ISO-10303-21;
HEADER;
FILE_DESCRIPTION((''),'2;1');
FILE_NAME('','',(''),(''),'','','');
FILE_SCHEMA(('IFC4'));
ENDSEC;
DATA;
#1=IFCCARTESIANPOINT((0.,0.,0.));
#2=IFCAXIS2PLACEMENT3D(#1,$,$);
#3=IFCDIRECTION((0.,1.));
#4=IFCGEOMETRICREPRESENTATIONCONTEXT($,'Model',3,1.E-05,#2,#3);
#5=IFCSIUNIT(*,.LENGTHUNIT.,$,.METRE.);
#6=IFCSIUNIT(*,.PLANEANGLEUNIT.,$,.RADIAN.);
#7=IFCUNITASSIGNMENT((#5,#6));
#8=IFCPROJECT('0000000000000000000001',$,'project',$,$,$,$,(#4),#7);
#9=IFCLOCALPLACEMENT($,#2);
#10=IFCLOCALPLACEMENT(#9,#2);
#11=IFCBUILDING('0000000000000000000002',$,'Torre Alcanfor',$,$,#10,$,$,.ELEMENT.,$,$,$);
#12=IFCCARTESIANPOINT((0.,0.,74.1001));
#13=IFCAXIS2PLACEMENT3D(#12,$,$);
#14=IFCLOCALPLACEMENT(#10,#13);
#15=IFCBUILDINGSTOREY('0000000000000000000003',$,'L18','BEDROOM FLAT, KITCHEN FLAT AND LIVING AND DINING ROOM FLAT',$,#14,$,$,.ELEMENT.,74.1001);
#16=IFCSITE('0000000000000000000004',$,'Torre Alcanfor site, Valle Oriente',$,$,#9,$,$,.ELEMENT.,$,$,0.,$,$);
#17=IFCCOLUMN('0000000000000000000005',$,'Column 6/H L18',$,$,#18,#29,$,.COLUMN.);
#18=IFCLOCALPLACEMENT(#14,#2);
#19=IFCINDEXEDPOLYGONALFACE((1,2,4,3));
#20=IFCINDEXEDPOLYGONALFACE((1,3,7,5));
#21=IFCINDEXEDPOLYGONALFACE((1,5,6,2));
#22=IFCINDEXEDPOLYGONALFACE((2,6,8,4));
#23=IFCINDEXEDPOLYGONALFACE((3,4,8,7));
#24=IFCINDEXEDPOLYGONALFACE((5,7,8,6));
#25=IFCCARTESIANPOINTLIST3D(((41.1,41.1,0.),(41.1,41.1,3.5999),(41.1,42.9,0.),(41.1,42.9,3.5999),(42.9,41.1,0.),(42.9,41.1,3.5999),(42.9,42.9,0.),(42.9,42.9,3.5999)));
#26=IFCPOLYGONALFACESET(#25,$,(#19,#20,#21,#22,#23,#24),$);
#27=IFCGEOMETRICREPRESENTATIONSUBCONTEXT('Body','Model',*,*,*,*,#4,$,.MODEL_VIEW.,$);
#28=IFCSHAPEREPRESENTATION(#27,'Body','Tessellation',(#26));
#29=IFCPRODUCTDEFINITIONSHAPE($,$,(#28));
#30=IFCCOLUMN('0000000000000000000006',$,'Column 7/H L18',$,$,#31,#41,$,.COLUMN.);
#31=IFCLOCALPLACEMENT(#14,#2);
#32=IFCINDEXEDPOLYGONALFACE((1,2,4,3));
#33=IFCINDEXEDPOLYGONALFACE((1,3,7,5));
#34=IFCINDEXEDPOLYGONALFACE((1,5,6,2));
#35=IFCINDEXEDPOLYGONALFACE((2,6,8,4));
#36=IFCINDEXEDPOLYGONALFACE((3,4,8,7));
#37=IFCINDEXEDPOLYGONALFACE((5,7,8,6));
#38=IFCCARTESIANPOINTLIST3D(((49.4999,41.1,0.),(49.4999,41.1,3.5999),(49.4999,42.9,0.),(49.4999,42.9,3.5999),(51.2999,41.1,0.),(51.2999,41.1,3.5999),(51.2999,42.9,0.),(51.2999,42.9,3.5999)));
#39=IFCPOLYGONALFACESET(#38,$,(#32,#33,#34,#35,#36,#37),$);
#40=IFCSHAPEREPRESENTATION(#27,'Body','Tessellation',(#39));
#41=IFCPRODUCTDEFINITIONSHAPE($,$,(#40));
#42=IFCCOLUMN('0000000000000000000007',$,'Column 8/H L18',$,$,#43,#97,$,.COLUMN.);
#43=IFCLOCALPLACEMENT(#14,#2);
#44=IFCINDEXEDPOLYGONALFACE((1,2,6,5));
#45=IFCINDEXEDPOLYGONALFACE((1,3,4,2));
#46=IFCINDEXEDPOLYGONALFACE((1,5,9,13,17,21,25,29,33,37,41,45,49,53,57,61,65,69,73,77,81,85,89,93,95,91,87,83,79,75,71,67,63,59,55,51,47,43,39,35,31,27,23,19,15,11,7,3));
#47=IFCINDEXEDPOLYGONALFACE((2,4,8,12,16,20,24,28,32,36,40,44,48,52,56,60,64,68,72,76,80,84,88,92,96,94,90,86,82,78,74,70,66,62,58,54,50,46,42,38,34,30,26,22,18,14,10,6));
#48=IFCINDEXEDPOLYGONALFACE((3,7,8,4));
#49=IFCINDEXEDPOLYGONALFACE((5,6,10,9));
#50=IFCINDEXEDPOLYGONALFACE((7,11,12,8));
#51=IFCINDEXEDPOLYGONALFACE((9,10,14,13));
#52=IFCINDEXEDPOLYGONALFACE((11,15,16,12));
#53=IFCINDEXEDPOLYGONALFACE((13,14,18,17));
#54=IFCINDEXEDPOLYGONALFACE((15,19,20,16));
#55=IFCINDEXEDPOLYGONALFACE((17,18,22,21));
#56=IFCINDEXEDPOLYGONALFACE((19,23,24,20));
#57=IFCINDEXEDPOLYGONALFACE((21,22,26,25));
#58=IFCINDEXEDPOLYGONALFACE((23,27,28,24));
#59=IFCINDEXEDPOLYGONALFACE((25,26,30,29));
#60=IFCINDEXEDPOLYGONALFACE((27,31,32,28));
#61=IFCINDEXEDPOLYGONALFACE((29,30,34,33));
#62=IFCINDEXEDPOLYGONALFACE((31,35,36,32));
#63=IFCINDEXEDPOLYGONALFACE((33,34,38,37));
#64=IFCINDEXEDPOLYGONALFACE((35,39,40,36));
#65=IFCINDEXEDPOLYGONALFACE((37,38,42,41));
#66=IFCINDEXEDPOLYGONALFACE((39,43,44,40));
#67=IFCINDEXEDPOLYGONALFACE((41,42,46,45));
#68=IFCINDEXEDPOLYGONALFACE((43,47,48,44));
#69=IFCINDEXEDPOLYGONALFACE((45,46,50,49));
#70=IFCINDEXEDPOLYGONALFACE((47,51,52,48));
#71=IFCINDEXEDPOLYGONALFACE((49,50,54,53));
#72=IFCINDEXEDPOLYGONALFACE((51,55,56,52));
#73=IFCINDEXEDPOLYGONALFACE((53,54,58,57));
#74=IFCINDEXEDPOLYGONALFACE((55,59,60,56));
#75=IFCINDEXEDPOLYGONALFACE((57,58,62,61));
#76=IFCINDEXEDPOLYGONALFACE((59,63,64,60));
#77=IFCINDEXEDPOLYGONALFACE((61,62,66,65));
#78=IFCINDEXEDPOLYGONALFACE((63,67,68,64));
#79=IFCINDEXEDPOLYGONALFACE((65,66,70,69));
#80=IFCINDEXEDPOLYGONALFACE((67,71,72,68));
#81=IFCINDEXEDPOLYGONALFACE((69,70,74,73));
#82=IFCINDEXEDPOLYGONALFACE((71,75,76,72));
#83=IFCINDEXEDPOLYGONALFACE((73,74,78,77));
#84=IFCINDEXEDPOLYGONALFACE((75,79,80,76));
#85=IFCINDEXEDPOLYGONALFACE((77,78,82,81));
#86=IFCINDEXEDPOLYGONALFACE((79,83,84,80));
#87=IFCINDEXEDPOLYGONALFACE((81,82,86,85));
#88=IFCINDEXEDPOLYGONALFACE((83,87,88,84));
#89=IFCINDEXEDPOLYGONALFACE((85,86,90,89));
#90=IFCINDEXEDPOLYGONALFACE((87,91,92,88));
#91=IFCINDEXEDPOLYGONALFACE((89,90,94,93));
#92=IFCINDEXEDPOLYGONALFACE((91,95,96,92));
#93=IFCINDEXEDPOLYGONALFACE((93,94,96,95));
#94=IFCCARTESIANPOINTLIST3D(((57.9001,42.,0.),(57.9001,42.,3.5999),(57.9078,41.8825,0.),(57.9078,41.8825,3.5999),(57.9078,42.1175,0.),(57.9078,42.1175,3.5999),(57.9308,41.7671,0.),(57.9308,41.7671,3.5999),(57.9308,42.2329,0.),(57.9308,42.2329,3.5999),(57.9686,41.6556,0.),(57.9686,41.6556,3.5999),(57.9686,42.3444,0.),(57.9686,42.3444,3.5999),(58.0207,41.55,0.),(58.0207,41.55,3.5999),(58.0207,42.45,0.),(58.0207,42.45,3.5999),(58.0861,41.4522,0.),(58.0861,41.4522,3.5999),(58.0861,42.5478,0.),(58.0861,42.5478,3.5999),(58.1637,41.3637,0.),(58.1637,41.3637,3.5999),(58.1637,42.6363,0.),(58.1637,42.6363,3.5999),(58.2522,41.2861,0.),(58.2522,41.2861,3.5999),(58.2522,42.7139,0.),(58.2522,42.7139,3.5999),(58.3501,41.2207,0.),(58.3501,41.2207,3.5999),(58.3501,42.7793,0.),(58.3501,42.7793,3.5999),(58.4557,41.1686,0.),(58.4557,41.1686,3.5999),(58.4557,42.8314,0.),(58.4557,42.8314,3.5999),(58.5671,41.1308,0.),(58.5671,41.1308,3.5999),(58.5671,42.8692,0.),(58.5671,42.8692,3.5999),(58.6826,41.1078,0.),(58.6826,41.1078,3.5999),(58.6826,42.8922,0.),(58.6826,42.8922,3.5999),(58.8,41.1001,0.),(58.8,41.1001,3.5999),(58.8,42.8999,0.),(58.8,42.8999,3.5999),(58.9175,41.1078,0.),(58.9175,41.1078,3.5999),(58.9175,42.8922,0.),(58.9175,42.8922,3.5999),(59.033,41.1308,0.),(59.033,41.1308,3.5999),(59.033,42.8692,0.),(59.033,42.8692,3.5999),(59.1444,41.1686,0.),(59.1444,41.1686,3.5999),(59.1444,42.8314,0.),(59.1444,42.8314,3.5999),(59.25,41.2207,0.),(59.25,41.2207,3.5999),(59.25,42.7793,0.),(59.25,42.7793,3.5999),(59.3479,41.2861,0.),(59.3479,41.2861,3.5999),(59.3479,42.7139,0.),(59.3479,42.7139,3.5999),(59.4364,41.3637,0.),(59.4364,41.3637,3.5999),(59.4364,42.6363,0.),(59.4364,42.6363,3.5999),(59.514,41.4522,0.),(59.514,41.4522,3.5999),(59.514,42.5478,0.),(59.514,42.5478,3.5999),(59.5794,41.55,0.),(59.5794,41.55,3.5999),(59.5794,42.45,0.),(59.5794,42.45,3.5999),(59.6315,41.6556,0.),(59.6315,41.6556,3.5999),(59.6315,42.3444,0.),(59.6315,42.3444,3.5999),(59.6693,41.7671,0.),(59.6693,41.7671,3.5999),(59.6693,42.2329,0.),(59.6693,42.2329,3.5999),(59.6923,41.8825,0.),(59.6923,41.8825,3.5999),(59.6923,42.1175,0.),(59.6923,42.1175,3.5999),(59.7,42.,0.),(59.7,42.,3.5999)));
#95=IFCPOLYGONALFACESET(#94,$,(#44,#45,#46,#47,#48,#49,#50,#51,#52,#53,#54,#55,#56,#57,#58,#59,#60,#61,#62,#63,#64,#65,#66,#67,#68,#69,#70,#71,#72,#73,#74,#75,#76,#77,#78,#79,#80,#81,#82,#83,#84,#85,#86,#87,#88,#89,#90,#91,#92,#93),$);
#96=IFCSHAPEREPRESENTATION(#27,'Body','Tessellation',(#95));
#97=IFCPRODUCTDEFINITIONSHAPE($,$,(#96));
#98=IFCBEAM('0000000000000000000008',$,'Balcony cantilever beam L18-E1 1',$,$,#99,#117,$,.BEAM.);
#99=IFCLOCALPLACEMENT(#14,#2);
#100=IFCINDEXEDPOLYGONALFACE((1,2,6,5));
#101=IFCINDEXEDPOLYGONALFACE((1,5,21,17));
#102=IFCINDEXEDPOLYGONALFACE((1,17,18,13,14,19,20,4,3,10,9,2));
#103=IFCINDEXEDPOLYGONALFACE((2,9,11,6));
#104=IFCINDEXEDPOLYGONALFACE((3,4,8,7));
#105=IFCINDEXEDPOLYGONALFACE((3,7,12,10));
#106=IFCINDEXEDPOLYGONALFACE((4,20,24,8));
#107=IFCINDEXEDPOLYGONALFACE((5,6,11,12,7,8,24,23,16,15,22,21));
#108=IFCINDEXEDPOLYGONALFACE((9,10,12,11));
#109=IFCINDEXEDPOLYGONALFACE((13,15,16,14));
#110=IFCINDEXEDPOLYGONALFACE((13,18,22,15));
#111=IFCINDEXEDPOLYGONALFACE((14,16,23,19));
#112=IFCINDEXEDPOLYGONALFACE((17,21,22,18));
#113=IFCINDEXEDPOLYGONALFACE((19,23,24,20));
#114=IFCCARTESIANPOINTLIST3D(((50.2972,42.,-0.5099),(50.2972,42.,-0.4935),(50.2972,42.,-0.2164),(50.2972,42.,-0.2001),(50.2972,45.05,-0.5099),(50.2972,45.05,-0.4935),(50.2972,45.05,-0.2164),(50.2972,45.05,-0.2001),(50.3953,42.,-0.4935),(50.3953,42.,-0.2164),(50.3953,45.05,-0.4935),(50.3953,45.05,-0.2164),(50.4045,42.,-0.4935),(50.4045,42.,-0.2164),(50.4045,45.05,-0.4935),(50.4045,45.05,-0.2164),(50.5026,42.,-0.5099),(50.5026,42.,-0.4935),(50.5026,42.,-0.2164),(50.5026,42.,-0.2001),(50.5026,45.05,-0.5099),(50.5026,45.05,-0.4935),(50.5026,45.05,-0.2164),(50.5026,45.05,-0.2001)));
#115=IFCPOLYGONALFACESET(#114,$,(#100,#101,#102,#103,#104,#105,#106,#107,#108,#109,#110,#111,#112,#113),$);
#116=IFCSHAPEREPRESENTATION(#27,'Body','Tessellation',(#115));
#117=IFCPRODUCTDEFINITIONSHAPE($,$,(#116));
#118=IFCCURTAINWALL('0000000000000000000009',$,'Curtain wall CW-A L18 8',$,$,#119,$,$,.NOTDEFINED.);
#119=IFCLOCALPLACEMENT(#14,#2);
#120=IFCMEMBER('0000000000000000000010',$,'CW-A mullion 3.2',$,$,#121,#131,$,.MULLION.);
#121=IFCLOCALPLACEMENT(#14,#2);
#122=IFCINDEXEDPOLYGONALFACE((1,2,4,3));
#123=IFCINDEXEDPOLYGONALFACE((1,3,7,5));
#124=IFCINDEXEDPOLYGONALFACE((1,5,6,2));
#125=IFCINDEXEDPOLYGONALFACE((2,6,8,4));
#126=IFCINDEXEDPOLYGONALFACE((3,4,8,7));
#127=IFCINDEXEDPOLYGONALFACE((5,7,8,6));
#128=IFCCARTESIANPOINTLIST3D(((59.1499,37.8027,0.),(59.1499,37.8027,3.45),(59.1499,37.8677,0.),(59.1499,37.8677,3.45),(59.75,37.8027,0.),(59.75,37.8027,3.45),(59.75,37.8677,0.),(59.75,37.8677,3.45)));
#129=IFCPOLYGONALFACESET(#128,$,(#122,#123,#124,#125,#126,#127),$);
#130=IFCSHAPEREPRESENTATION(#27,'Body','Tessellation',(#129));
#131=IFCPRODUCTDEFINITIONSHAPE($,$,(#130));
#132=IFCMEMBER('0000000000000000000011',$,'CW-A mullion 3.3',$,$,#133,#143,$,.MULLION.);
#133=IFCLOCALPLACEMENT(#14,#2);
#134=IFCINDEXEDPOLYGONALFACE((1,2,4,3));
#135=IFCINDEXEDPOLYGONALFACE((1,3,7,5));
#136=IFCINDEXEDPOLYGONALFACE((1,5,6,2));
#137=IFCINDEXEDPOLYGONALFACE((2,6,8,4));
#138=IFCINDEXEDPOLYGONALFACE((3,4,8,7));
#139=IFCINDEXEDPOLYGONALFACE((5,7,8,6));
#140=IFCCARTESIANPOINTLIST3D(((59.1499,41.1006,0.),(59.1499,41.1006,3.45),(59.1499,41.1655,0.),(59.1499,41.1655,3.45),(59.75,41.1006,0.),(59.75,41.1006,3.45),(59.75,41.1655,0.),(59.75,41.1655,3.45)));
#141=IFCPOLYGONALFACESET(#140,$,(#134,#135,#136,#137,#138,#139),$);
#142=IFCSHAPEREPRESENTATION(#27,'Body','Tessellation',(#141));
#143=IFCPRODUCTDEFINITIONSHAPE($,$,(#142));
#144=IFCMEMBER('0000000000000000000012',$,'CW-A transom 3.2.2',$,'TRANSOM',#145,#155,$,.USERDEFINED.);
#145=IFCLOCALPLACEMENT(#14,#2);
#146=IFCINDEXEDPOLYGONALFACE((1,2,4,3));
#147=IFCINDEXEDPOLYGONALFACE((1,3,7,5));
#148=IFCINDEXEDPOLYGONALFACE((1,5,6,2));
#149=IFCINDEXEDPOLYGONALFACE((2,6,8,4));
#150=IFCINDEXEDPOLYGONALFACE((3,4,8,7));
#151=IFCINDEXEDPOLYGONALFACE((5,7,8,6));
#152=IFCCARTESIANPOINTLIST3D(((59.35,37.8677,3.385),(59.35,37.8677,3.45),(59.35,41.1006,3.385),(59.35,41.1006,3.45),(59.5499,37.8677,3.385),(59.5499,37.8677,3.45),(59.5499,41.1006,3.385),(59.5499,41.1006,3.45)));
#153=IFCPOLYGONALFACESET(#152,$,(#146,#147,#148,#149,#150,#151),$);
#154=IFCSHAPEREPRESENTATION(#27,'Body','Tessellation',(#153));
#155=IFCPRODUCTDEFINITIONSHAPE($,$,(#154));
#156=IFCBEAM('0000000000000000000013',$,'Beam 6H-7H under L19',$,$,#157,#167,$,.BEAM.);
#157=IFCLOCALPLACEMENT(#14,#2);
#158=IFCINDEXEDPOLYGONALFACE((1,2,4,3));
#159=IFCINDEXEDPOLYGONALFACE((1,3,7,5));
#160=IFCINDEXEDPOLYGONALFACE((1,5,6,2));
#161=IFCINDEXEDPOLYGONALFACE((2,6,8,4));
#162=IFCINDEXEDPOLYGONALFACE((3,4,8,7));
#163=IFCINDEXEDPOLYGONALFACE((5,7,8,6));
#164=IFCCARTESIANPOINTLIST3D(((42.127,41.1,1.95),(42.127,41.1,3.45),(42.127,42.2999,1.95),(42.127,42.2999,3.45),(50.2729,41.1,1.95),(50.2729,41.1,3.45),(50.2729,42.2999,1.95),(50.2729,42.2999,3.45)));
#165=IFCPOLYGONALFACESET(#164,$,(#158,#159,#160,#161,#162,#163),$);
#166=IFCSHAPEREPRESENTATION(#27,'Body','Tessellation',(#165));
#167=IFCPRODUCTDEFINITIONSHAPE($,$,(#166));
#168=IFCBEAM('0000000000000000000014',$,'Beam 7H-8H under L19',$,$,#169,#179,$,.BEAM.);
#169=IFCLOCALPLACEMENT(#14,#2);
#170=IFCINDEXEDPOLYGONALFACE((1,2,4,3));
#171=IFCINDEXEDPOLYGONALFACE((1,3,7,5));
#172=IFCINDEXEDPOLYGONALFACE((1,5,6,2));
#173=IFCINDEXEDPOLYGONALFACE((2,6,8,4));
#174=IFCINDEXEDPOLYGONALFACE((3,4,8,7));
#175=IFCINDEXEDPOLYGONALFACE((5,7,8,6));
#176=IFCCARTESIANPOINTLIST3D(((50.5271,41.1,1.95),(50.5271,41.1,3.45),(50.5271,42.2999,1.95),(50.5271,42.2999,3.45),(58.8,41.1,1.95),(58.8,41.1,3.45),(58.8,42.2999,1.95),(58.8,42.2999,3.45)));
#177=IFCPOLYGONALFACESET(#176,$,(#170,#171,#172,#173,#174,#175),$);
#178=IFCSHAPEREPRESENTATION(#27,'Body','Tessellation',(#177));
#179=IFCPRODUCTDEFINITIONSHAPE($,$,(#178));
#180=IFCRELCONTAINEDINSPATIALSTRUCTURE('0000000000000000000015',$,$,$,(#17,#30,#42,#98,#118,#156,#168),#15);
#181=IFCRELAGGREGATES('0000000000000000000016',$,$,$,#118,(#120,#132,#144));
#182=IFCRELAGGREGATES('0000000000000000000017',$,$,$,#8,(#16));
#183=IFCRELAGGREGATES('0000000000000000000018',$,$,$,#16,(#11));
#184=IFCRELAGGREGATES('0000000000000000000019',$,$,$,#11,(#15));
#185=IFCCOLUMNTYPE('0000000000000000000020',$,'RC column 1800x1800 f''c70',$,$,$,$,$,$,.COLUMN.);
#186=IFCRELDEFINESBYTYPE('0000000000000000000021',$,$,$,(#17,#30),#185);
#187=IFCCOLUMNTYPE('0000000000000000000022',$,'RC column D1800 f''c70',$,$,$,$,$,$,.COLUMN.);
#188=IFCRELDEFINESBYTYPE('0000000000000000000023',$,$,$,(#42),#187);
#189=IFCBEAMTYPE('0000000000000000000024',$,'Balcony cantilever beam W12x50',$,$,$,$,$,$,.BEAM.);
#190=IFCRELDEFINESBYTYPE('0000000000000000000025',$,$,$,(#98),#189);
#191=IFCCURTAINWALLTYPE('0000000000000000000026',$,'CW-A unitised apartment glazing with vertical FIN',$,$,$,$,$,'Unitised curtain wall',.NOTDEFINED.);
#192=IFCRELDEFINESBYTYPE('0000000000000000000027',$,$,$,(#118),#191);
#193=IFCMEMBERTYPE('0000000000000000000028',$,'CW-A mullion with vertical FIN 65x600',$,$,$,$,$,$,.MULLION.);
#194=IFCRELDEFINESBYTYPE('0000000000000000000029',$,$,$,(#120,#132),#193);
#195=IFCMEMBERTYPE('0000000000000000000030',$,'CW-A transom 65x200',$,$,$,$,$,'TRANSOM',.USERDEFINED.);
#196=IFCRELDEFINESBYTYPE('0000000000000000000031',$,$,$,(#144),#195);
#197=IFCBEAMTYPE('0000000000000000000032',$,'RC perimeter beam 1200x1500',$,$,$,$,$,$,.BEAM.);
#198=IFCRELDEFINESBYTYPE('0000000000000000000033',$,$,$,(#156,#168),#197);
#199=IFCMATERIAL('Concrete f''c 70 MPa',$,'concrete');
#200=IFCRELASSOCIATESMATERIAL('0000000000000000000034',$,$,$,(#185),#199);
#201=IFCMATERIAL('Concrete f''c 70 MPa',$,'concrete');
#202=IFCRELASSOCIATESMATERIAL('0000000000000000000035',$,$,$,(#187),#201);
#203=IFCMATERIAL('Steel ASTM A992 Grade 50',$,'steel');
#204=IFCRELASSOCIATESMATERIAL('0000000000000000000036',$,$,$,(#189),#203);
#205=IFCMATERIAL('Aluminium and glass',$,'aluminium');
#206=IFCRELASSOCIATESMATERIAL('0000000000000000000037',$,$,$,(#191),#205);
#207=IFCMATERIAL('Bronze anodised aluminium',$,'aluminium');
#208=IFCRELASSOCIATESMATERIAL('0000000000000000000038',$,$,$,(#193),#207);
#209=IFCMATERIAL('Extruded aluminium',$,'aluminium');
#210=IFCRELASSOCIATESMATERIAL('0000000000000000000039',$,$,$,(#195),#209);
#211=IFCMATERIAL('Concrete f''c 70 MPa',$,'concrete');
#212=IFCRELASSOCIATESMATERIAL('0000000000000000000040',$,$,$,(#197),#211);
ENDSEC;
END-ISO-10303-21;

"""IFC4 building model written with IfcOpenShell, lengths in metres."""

from ifc_helpers import new_model, si_unit, direction, frame, origin, origin_2d, place, context, subcontext, project, spatial, rectangle, circle, i_section, extrude, material, material_profile, profile_set, type_object, element, aggregate, save


model = new_model("IFC4")

# Units and contexts
model_context = context("Model", 3, precision=1e-05, world=origin(), true_north=direction((0.0, 1.0)))
body_context = subcontext(model_context, "Body", "Model", "MODEL_VIEW")
ifc_project = project(units=[si_unit("LENGTHUNIT", "METRE"), si_unit("PLANEANGLEUNIT", "RADIAN")], contexts=[model_context])

# Site, building, storey
site_placement = place(None, origin())
site = spatial("IfcSite", under=ifc_project, at=site_placement, Name="Torre Alcanfor site, Valle Oriente", CompositionType="ELEMENT", RefElevation=0.0)
building_placement = place(site_placement, origin())
building = spatial("IfcBuilding", under=site, at=building_placement, Name="Torre Alcanfor", CompositionType="ELEMENT")
storey_placement = place(building_placement, frame((0.0, 0.0, 74.1001)))
storey = spatial("IfcBuildingStorey", under=building, at=storey_placement, Name="L18", Description="BEDROOM FLAT, KITCHEN FLAT AND LIVING AND DINING ROOM FLAT", CompositionType="ELEMENT", Elevation=74.1001)

# Columns
ifc_material_1 = material(Name="Concrete f'c 70 MPa", Category="concrete")
ifc_material_profile_1 = material_profile(ifc_material_1, rectangle(XDim=1.8, YDim=1.8, at=origin_2d()), Name="1800x1800")
ifc_profile_set_1 = profile_set([ifc_material_profile_1], Name="Concrete f'c 70 MPa")
column_type_1 = type_object("IfcColumnType", Name="RC column 1800x1800 f'c70", PredefinedType="COLUMN", material=ifc_profile_set_1)
for number, where, z_axis, x_axis, name in (
    (1, (42.0, 42.0, 0.0), (0.0, 0.0, 1.0), (1.0, 0.0, 0.0), "Column 6/H L18"),
    (2, (50.3999, 42.0, 0.0), (0.0, 0.0, 1.0), (1.0, 0.0, 0.0), "Column 7/H L18"),
):
    element("IfcColumn", number, at=place(storey_placement, frame(where, z_axis=z_axis, x_axis=x_axis)), inside=storey, type_object=column_type_1, Name=name, PredefinedType="COLUMN", context=body_context, shape_type="SweptSolid", body=[
        extrude(rectangle(XDim=1.8, YDim=1.8, at=origin_2d()), origin(), (0.0, 0.0, 1.0), 3.5999),
    ])
ifc_material_2 = material(Name="Concrete f'c 70 MPa", Category="concrete")
ifc_material_profile_2 = material_profile(ifc_material_2, circle(Radius=0.8999, at=origin_2d()), Name="D1800")
ifc_profile_set_2 = profile_set([ifc_material_profile_2], Name="Concrete f'c 70 MPa")
column_type_2 = type_object("IfcColumnType", Name="RC column D1800 f'c70", PredefinedType="COLUMN", material=ifc_profile_set_2)
column_placement = place(storey_placement, frame((58.8, 42.0, 0.0), z_axis=(0.0, 0.0, 1.0), x_axis=(1.0, 0.0, 0.0)))
element("IfcColumn", 3, at=column_placement, inside=storey, type_object=column_type_2, Name="Column 8/H L18", PredefinedType="COLUMN", context=body_context, shape_type="SweptSolid", body=[
    extrude(circle(Radius=0.8999, at=origin_2d()), origin(), (0.0, 0.0, 1.0), 3.5999),
])

# Beam
ifc_material_3 = material(Name="Steel ASTM A992 Grade 50", Category="steel")
ifc_material_profile_3 = material_profile(ifc_material_3, i_section(OverallWidth=0.2053, OverallDepth=0.3098, WebThickness=0.0093, FlangeThickness=0.0164, at=origin_2d()), Name="W12x50")
ifc_profile_set_3 = profile_set([ifc_material_profile_3], Name="Steel ASTM A992 Grade 50")
beam_type_1 = type_object("IfcBeamType", Name="Balcony cantilever beam W12x50", PredefinedType="BEAM", material=ifc_profile_set_3)
beam_1_placement = place(storey_placement, frame((50.3999, 42.0, -0.355), z_axis=(0.0, 1.0, 0.0), x_axis=(-1.0, 0.0, 0.0)))
element("IfcBeam", 4, at=beam_1_placement, inside=storey, type_object=beam_type_1, Name="Balcony cantilever beam L18-E1 1", PredefinedType="BEAM", context=body_context, shape_type="SweptSolid", body=[
    extrude(i_section(OverallWidth=0.2053, OverallDepth=0.3098, WebThickness=0.0093, FlangeThickness=0.0164, at=origin_2d()), origin(), (0.0, 0.0, 1.0), 3.05),
])

# Curtain wall, members
ifc_material_4 = material(Name="Aluminium and glass", Category="aluminium")
curtain_wall_type = type_object("IfcCurtainWallType", Name="CW-A unitised apartment glazing with vertical FIN", ElementType="Unitised curtain wall", PredefinedType="NOTDEFINED", material=ifc_material_4)
curtain_wall_placement = place(storey_placement, origin())
curtain_wall = element("IfcCurtainWall", 5, at=curtain_wall_placement, inside=storey, type_object=curtain_wall_type, Name="Curtain wall CW-A L18 8", PredefinedType="NOTDEFINED")
ifc_material_5 = material(Name="Bronze anodised aluminium", Category="aluminium")
ifc_material_profile_4 = material_profile(ifc_material_5, rectangle(XDim=0.6001, YDim=0.0649, at=origin_2d()), Name="CW-A mullion 65x600")
ifc_profile_set_4 = profile_set([ifc_material_profile_4], Name="Bronze anodised aluminium")
member_type_1 = type_object("IfcMemberType", Name="CW-A mullion with vertical FIN 65x600", PredefinedType="MULLION", material=ifc_profile_set_4)
member_1_placement = place(storey_placement, frame((59.45, 37.8352, 0.0), z_axis=(0.0, 0.0, 1.0), x_axis=(-1.0, 0.0, 0.0)))
member_1 = element("IfcMember", 6, at=member_1_placement, type_object=member_type_1, Name="CW-A mullion 3.2", PredefinedType="MULLION", context=body_context, shape_type="SweptSolid", body=[
    extrude(rectangle(XDim=0.6001, YDim=0.0649, at=origin_2d()), origin(), (0.0, 0.0, 1.0), 3.45),
])
member_2_placement = place(storey_placement, frame((59.45, 41.1331, 0.0), z_axis=(0.0, 0.0, 1.0), x_axis=(-1.0, 0.0, 0.0)))
member_2 = element("IfcMember", 7, at=member_2_placement, type_object=member_type_1, Name="CW-A mullion 3.3", PredefinedType="MULLION", context=body_context, shape_type="SweptSolid", body=[
    extrude(rectangle(XDim=0.6001, YDim=0.0649, at=origin_2d()), origin(), (0.0, 0.0, 1.0), 3.45),
])
ifc_material_6 = material(Name="Extruded aluminium", Category="aluminium")
ifc_material_profile_5 = material_profile(ifc_material_6, rectangle(XDim=0.2, YDim=0.0649, at=origin_2d()), Name="CW-A transom 200x65")
ifc_profile_set_5 = profile_set([ifc_material_profile_5], Name="Extruded aluminium")
member_type_2 = type_object("IfcMemberType", Name="CW-A transom 65x200", ElementType="TRANSOM", PredefinedType="USERDEFINED", material=ifc_profile_set_5)
member_3_placement = place(storey_placement, frame((59.45, 37.8677, 3.4175), z_axis=(0.0, 1.0, 0.0), x_axis=(-1.0, 0.0, 0.0)))
member_3 = element("IfcMember", 8, at=member_3_placement, type_object=member_type_2, Name="CW-A transom 3.2.2", ObjectType="TRANSOM", PredefinedType="USERDEFINED", context=body_context, shape_type="SweptSolid", body=[
    extrude(rectangle(XDim=0.2, YDim=0.0649, at=origin_2d()), origin(), (0.0, 0.0, 1.0), 3.2329),
])

# Beams
ifc_material_7 = material(Name="Concrete f'c 70 MPa", Category="concrete")
ifc_material_profile_6 = material_profile(ifc_material_7, rectangle(XDim=1.2, YDim=1.5, at=origin_2d()), Name="1200x1500")
ifc_profile_set_6 = profile_set([ifc_material_profile_6], Name="Concrete f'c 70 MPa")
beam_type_2 = type_object("IfcBeamType", Name="RC perimeter beam 1200x1500", PredefinedType="BEAM", material=ifc_profile_set_6)
beam_2_placement = place(storey_placement, frame((42.127, 41.7, 2.7), z_axis=(1.0, 0.0, 0.0), x_axis=(0.0, 1.0, 0.0)))
element("IfcBeam", 9, at=beam_2_placement, inside=storey, type_object=beam_type_2, Name="Beam 6H-7H under L19", PredefinedType="BEAM", context=body_context, shape_type="SweptSolid", body=[
    extrude(rectangle(XDim=1.2, YDim=1.5, at=origin_2d()), origin(), (0.0, 0.0, 1.0), 8.146),
])
beam_3_placement = place(storey_placement, frame((50.5271, 41.7, 2.7), z_axis=(1.0, 0.0, 0.0), x_axis=(0.0, 1.0, 0.0)))
element("IfcBeam", 10, at=beam_3_placement, inside=storey, type_object=beam_type_2, Name="Beam 7H-8H under L19", PredefinedType="BEAM", context=body_context, shape_type="SweptSolid", body=[
    extrude(rectangle(XDim=1.2, YDim=1.5, at=origin_2d()), origin(), (0.0, 0.0, 1.0), 8.2729),
])

aggregate(curtain_wall, [member_1, member_2, member_3])

save(model, "model.ifc")
